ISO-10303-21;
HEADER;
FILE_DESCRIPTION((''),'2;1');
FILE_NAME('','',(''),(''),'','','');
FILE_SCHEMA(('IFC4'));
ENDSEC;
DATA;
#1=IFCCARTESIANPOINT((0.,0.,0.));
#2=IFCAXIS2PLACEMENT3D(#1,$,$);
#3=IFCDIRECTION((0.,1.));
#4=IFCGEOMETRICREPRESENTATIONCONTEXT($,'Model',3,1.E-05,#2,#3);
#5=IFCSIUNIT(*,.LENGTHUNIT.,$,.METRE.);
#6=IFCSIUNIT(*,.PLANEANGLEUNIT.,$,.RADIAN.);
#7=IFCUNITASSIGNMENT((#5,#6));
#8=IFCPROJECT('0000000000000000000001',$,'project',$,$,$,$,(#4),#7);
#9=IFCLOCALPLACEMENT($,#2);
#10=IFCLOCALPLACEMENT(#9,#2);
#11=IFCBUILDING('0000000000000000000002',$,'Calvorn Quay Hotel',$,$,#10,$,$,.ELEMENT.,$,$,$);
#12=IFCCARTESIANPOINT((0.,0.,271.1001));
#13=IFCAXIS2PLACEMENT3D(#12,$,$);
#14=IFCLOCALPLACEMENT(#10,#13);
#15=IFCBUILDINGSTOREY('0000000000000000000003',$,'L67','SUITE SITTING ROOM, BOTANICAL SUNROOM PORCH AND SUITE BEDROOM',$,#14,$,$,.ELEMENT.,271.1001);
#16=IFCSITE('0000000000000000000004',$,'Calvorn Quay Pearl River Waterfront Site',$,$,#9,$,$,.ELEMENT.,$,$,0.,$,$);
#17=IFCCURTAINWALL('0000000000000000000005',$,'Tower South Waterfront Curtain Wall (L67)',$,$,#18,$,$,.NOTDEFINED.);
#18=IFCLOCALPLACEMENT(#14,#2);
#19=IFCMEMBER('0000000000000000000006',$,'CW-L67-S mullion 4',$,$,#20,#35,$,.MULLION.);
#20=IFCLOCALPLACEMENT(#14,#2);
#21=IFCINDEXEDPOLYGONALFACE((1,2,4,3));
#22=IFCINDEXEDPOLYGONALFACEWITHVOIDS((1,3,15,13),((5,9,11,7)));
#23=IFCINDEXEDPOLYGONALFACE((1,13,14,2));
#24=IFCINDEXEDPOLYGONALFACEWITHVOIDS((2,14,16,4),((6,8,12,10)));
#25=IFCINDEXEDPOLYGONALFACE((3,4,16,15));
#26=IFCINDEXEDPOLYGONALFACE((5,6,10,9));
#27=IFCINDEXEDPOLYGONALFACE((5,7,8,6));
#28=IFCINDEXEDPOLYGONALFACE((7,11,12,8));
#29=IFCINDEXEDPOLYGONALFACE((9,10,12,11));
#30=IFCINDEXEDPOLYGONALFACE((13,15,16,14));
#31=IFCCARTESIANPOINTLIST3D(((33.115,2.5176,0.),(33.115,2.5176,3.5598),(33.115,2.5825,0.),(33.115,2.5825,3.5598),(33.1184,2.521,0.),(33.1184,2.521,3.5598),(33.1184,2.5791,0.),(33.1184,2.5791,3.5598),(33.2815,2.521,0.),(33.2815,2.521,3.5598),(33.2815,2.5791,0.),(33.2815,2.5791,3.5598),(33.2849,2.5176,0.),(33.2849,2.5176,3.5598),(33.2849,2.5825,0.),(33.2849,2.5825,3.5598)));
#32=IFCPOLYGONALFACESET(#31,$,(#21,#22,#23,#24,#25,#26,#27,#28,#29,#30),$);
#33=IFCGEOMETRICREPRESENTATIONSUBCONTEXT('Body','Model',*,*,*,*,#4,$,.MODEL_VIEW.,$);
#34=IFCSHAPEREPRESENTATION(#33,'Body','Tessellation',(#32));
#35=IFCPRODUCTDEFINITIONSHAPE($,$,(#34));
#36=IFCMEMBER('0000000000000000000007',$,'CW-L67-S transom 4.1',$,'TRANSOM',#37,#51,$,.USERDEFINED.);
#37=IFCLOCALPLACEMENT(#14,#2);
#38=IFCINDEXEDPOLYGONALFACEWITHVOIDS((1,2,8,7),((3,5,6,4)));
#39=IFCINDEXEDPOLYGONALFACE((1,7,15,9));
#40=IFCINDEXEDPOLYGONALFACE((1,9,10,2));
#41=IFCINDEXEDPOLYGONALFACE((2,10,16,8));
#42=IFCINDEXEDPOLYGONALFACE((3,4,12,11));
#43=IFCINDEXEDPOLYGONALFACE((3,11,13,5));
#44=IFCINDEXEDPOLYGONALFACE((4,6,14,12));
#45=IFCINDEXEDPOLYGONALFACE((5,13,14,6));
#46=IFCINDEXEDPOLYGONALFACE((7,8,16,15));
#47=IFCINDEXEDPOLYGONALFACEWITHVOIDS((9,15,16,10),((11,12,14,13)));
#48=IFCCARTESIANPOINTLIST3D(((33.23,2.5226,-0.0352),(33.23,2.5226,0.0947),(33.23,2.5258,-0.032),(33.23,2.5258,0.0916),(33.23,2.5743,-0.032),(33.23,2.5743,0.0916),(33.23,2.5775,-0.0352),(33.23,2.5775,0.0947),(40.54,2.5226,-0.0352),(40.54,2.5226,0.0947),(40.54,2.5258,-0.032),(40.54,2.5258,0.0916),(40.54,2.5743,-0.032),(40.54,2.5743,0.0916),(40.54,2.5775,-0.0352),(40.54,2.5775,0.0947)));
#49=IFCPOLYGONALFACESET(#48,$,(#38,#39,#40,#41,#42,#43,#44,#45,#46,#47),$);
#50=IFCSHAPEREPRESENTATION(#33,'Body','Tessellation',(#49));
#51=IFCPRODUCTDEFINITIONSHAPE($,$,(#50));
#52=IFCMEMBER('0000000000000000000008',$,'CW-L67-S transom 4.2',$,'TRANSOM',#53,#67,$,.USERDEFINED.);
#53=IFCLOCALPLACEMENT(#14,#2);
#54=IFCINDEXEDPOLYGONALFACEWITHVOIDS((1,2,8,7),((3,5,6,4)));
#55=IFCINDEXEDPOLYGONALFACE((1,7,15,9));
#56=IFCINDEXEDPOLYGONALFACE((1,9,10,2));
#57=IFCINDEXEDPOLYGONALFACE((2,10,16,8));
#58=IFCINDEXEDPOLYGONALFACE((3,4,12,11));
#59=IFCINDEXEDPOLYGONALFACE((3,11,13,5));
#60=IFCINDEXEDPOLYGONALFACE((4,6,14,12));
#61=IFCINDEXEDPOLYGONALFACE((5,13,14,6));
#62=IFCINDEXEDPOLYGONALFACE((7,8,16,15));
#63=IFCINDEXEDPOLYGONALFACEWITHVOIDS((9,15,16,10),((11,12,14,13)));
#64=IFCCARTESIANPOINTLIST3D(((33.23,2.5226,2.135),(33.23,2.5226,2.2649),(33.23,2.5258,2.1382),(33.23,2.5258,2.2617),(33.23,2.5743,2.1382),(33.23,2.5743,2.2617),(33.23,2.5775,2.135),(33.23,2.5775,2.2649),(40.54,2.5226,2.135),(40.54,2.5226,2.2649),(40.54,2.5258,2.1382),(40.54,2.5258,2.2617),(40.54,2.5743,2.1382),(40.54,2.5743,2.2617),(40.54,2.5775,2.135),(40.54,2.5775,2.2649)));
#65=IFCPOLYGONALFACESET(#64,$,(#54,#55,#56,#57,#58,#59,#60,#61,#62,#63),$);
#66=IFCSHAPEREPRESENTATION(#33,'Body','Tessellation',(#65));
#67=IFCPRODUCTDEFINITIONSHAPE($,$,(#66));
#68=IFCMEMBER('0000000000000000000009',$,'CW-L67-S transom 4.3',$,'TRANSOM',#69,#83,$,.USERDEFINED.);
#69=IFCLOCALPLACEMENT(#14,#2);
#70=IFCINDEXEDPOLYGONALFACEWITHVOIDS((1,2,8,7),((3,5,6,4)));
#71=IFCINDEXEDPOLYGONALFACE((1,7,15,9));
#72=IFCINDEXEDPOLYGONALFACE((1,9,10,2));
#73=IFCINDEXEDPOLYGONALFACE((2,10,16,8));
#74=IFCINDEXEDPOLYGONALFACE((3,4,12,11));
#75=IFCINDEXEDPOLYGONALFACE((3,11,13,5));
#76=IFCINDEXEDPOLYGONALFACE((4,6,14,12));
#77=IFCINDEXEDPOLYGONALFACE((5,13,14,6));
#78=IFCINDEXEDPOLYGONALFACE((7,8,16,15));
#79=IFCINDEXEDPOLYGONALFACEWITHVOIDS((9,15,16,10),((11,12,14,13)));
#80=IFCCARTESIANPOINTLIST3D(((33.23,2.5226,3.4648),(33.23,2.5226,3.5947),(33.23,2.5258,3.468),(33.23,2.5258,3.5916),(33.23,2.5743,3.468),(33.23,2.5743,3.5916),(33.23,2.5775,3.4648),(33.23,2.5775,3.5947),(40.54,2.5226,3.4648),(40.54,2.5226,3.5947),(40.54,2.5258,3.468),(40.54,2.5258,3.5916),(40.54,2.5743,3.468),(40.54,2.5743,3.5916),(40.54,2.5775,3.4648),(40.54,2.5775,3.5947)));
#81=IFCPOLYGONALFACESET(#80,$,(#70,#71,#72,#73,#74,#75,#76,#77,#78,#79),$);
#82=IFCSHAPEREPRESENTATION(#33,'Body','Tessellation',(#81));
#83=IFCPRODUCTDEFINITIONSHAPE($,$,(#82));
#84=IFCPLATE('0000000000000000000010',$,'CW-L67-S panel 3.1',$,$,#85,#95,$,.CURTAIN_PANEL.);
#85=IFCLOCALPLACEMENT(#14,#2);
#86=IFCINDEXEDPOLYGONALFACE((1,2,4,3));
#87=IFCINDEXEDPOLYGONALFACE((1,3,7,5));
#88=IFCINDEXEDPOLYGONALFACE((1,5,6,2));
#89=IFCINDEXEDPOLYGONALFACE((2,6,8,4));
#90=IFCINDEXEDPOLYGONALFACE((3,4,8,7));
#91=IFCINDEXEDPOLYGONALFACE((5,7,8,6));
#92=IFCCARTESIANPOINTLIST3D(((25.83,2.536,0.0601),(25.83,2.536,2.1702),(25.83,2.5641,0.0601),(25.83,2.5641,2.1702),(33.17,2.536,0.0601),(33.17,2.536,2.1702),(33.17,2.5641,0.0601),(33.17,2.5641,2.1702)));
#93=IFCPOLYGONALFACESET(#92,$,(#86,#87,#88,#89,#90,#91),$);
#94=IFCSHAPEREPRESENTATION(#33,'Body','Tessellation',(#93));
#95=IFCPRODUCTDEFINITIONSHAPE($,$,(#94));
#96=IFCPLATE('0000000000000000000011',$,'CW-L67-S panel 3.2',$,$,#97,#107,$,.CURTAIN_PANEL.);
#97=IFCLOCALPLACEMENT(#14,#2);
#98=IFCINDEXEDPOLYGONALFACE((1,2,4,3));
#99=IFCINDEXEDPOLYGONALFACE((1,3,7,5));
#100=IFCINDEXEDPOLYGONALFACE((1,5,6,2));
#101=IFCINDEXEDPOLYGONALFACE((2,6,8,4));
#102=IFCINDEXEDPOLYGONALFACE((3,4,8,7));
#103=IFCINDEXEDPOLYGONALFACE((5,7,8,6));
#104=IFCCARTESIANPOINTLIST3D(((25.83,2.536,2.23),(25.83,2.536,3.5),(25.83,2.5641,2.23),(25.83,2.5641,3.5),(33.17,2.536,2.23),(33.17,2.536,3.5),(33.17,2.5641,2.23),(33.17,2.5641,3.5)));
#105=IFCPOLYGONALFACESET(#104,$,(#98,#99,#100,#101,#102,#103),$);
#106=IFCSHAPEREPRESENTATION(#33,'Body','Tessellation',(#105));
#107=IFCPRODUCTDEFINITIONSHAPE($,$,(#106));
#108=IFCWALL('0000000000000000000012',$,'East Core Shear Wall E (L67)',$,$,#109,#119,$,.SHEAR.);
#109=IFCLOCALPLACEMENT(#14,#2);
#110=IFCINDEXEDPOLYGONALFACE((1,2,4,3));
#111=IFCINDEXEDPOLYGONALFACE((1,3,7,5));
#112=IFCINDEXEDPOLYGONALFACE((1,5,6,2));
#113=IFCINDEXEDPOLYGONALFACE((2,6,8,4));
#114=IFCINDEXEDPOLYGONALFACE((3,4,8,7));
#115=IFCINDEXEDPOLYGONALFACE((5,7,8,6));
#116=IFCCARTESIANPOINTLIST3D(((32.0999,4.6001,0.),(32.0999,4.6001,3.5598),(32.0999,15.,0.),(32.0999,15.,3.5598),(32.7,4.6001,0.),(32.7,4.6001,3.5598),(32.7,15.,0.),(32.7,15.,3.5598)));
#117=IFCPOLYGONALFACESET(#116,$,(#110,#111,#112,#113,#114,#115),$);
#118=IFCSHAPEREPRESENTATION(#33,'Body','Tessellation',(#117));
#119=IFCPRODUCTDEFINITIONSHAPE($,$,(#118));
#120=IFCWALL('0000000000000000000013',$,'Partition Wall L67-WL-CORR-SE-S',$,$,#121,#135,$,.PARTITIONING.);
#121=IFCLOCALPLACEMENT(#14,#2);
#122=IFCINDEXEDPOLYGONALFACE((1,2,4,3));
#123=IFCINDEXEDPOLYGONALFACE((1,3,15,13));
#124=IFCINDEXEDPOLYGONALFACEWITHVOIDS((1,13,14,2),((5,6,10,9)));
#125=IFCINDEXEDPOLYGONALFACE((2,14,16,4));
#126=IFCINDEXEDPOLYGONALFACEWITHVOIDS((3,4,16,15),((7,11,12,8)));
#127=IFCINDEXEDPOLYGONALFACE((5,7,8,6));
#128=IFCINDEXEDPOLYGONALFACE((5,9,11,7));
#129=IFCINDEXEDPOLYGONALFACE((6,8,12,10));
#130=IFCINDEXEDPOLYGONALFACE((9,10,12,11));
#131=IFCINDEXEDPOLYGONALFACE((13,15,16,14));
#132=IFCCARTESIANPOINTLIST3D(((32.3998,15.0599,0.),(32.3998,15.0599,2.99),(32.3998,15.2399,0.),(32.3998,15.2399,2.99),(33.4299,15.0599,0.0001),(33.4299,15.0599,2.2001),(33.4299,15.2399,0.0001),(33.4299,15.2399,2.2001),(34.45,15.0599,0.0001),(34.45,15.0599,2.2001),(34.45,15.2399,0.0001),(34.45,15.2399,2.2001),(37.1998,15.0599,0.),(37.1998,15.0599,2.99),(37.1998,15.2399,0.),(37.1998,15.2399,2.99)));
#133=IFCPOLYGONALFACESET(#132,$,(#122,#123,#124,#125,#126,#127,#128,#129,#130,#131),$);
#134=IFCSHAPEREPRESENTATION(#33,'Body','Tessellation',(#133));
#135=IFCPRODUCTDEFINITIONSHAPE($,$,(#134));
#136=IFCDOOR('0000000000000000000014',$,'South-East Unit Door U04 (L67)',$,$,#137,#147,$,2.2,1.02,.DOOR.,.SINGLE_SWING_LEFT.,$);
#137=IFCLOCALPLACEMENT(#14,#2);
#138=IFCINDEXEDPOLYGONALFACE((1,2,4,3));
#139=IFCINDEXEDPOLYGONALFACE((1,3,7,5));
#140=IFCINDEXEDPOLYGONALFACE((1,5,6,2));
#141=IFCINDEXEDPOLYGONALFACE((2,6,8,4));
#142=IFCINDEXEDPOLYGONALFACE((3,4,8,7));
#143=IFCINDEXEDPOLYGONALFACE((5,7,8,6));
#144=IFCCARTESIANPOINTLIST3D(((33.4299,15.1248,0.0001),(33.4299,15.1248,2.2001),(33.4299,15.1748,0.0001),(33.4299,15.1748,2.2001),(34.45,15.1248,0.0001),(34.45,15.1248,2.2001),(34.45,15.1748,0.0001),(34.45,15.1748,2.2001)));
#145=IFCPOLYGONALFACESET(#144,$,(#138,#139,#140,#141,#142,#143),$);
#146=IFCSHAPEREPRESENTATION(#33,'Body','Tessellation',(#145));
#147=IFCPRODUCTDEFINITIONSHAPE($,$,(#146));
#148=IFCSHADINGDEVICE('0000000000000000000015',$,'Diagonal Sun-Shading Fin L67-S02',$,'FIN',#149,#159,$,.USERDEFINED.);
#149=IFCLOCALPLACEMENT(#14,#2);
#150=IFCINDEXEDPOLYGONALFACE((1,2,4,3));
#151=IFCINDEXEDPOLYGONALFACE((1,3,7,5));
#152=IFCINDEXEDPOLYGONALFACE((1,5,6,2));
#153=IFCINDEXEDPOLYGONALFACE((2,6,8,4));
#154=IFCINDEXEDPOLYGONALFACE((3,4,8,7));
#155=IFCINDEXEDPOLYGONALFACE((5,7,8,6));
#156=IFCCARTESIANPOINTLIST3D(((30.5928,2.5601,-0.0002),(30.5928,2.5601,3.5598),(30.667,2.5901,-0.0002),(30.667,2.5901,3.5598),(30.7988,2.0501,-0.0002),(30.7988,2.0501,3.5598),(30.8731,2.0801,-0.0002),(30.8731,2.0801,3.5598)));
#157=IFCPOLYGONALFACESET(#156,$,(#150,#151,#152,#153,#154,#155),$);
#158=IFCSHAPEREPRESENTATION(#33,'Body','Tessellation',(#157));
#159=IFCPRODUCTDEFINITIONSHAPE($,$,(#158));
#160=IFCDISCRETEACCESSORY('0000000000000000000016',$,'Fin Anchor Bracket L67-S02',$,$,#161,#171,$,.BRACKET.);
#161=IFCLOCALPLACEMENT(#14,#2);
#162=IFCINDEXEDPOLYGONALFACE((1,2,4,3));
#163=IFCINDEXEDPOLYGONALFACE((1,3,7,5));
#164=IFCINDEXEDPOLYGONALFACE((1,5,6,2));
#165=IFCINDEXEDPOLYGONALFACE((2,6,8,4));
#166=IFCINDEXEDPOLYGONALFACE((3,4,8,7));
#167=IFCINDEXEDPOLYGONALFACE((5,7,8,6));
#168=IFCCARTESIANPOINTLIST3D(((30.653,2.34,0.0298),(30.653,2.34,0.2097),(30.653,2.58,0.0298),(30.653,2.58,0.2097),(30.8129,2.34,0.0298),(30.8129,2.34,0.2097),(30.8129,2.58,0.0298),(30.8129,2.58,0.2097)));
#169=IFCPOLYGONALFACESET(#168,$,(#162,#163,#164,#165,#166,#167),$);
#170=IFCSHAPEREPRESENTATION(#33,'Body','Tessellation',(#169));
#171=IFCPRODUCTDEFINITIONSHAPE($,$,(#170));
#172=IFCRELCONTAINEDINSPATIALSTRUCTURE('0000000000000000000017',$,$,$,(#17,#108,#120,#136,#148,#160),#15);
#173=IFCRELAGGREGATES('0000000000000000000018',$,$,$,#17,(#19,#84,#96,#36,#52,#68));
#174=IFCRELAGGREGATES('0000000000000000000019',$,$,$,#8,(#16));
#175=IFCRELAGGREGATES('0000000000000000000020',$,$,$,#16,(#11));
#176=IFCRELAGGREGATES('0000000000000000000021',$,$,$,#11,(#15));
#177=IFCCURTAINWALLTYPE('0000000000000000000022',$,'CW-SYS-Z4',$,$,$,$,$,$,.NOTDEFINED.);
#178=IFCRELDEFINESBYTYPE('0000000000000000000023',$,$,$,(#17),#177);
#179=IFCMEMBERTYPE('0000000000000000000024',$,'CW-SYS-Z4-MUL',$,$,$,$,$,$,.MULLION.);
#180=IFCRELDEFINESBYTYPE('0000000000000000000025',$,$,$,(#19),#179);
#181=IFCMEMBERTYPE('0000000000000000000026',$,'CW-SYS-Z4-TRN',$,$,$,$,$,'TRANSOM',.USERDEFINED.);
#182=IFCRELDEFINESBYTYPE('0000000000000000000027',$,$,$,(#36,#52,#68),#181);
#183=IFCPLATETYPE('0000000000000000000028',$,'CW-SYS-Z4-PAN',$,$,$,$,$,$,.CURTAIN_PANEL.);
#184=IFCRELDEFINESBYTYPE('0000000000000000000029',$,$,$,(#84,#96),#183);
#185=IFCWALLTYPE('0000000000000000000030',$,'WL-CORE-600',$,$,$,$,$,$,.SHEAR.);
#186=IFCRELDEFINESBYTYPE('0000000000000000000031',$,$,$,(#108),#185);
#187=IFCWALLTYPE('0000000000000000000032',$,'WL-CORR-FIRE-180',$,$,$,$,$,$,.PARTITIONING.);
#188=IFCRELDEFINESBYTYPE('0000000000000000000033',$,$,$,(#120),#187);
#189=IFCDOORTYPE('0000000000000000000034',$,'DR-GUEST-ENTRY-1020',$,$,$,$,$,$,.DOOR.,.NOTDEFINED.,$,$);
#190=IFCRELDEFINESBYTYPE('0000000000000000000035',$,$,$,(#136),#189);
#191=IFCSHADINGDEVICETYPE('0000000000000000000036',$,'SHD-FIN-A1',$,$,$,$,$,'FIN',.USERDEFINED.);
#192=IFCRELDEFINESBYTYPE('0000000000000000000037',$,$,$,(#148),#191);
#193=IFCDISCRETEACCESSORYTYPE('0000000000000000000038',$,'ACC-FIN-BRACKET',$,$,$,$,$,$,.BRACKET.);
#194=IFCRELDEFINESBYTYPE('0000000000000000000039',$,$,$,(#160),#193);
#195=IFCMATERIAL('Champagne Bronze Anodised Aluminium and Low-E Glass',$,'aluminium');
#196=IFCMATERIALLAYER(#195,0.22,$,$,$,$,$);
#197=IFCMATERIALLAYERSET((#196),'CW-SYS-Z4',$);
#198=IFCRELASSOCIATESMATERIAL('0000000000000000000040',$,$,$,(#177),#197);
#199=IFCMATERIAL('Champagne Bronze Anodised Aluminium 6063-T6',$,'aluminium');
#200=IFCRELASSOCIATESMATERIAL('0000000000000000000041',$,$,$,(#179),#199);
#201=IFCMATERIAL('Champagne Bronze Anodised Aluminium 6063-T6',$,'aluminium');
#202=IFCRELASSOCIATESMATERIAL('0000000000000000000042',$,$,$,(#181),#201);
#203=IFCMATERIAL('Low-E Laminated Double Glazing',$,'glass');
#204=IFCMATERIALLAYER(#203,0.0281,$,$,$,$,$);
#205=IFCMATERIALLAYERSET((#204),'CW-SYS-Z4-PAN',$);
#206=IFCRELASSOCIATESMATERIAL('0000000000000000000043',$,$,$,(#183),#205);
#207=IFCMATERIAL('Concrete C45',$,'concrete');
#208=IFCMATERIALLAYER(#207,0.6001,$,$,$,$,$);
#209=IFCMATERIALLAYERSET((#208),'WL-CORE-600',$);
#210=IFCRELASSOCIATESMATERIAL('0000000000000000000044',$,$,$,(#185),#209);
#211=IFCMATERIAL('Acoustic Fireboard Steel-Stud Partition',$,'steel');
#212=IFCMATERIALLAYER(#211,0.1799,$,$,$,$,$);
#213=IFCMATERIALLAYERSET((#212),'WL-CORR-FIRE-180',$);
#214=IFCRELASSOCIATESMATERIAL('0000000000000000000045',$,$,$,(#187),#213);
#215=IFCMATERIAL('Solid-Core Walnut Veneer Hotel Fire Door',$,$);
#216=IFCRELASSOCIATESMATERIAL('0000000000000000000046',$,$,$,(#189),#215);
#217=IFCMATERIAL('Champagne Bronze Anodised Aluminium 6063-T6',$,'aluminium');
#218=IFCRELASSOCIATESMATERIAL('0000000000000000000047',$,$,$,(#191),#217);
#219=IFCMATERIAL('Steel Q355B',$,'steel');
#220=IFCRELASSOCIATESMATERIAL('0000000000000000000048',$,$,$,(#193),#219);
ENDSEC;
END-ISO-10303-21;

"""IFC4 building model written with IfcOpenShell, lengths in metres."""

from ifc_helpers import new_model, si_unit, direction, frame, frame_2d, origin, origin_2d, place, context, subcontext, project, spatial, rectangle, hollow_rectangle, extrude, material, layer, layer_set, material_profile, profile_set, type_object, element, fill, aggregate, save


model = new_model("IFC4")

# Units and contexts
model_context = context("Model", 3, precision=1e-05, world=origin(), true_north=direction((0.0, 1.0)))
body_context = subcontext(model_context, "Body", "Model", "MODEL_VIEW")
ifc_project = project(units=[si_unit("LENGTHUNIT", "METRE"), si_unit("PLANEANGLEUNIT", "RADIAN")], contexts=[model_context])

# Site, building, storey
site_placement = place(None, origin())
site = spatial("IfcSite", under=ifc_project, at=site_placement, Name="Calvorn Quay Pearl River Waterfront Site", CompositionType="ELEMENT", RefElevation=0.0)
building_placement = place(site_placement, origin())
building = spatial("IfcBuilding", under=site, at=building_placement, Name="Calvorn Quay Hotel", CompositionType="ELEMENT")
storey_placement = place(building_placement, frame((0.0, 0.0, 271.1001)))
storey = spatial("IfcBuildingStorey", under=building, at=storey_placement, Name="L67", Description="SUITE SITTING ROOM, BOTANICAL SUNROOM PORCH AND SUITE BEDROOM", CompositionType="ELEMENT", Elevation=271.1001)

# Curtain wall, members, plates
ifc_material_1 = material(Name="Champagne Bronze Anodised Aluminium and Low-E Glass", Category="aluminium")
ifc_layer_1 = layer(ifc_material_1, 0.22)
ifc_layer_set_1 = layer_set([ifc_layer_1], Name="CW-SYS-Z4")
curtain_wall_type = type_object("IfcCurtainWallType", Name="CW-SYS-Z4", PredefinedType="NOTDEFINED", material=ifc_layer_set_1)
curtain_wall_placement = place(storey_placement, origin())
curtain_wall = element("IfcCurtainWall", 1, at=curtain_wall_placement, inside=storey, type_object=curtain_wall_type, Name="Tower South Waterfront Curtain Wall (L67)", PredefinedType="NOTDEFINED")
ifc_material_2 = material(Name="Champagne Bronze Anodised Aluminium 6063-T6", Category="aluminium")
ifc_material_profile_1 = material_profile(ifc_material_2, hollow_rectangle(XDim=0.0649, YDim=0.1699, WallThickness=0.0034, at=origin_2d()), Name="ALU-M170x65x3.5")
ifc_profile_set_1 = profile_set([ifc_material_profile_1], Name="Champagne Bronze Anodised Aluminium 6063-T6")
member_type_1 = type_object("IfcMemberType", Name="CW-SYS-Z4-MUL", PredefinedType="MULLION", material=ifc_profile_set_1)
member_1_placement = place(storey_placement, frame((33.2, 2.55, 0.0), z_axis=(0.0, 0.0, 1.0), x_axis=(0.0, 1.0, 0.0)))
member_1 = element("IfcMember", 2, at=member_1_placement, type_object=member_type_1, Name="CW-L67-S mullion 4", PredefinedType="MULLION", context=body_context, shape_type="SweptSolid", body=[
    extrude(hollow_rectangle(XDim=0.0649, YDim=0.1699, WallThickness=0.0034, at=origin_2d()), origin(), (0.0, 0.0, 1.0), 3.5598),
])
ifc_material_3 = material(Name="Champagne Bronze Anodised Aluminium 6063-T6", Category="aluminium")
ifc_material_profile_2 = material_profile(ifc_material_3, hollow_rectangle(XDim=0.0549, YDim=0.1299, WallThickness=0.0032, at=origin_2d()), Name="ALU-T130x55x3.2")
ifc_profile_set_2 = profile_set([ifc_material_profile_2], Name="Champagne Bronze Anodised Aluminium 6063-T6")
member_type_2 = type_object("IfcMemberType", Name="CW-SYS-Z4-TRN", ElementType="TRANSOM", PredefinedType="USERDEFINED", material=ifc_profile_set_2)
member_2_placement = place(storey_placement, frame((33.23, 2.55, 0.0298), z_axis=(1.0, 0.0, 0.0), x_axis=(0.0, 1.0, 0.0)))
member_2 = element("IfcMember", 3, at=member_2_placement, type_object=member_type_2, Name="CW-L67-S transom 4.1", ObjectType="TRANSOM", PredefinedType="USERDEFINED", context=body_context, shape_type="SweptSolid", body=[
    extrude(hollow_rectangle(XDim=0.0549, YDim=0.1299, WallThickness=0.0032, at=origin_2d()), origin(), (0.0, 0.0, 1.0), 7.3101),
])
member_3_placement = place(storey_placement, frame((33.23, 2.55, 2.2), z_axis=(1.0, 0.0, 0.0), x_axis=(0.0, 1.0, 0.0)))
member_3 = element("IfcMember", 4, at=member_3_placement, type_object=member_type_2, Name="CW-L67-S transom 4.2", ObjectType="TRANSOM", PredefinedType="USERDEFINED", context=body_context, shape_type="SweptSolid", body=[
    extrude(hollow_rectangle(XDim=0.0549, YDim=0.1299, WallThickness=0.0032, at=origin_2d()), origin(), (0.0, 0.0, 1.0), 7.3101),
])
member_4_placement = place(storey_placement, frame((33.23, 2.55, 3.5298), z_axis=(1.0, 0.0, 0.0), x_axis=(0.0, 1.0, 0.0)))
member_4 = element("IfcMember", 5, at=member_4_placement, type_object=member_type_2, Name="CW-L67-S transom 4.3", ObjectType="TRANSOM", PredefinedType="USERDEFINED", context=body_context, shape_type="SweptSolid", body=[
    extrude(hollow_rectangle(XDim=0.0549, YDim=0.1299, WallThickness=0.0032, at=origin_2d()), origin(), (0.0, 0.0, 1.0), 7.3101),
])
ifc_material_4 = material(Name="Low-E Laminated Double Glazing", Category="glass")
ifc_layer_2 = layer(ifc_material_4, 0.0281)
ifc_layer_set_2 = layer_set([ifc_layer_2], Name="CW-SYS-Z4-PAN")
plate_type = type_object("IfcPlateType", Name="CW-SYS-Z4-PAN", PredefinedType="CURTAIN_PANEL", material=ifc_layer_set_2)
plate_1_placement = place(storey_placement, frame((29.5, 2.55, 0.0601), z_axis=(0.0, 0.0, 1.0), x_axis=(1.0, 0.0, 0.0)))
plate_1 = element("IfcPlate", 6, at=plate_1_placement, type_object=plate_type, Name="CW-L67-S panel 3.1", PredefinedType="CURTAIN_PANEL", context=body_context, shape_type="SweptSolid", body=[
    extrude(rectangle(XDim=7.3401, YDim=0.0281, at=origin_2d()), origin(), (0.0, 0.0, 1.0), 2.1101),
])
plate_2_placement = place(storey_placement, frame((29.5, 2.55, 2.23), z_axis=(0.0, 0.0, 1.0), x_axis=(1.0, 0.0, 0.0)))
plate_2 = element("IfcPlate", 7, at=plate_2_placement, type_object=plate_type, Name="CW-L67-S panel 3.2", PredefinedType="CURTAIN_PANEL", context=body_context, shape_type="SweptSolid", body=[
    extrude(rectangle(XDim=7.3401, YDim=0.0281, at=origin_2d()), origin(), (0.0, 0.0, 1.0), 1.27),
])
aggregate(curtain_wall, [member_1, plate_1, plate_2, member_2, member_3, member_4])

# Wall
ifc_material_5 = material(Name="Concrete C45", Category="concrete")
ifc_layer_3 = layer(ifc_material_5, 0.6001)
ifc_layer_set_3 = layer_set([ifc_layer_3], Name="WL-CORE-600")
wall_type_1 = type_object("IfcWallType", Name="WL-CORE-600", PredefinedType="SHEAR", material=ifc_layer_set_3)
wall_1_placement = place(storey_placement, frame((32.3999, 4.6001, 0.0), z_axis=(0.0, 0.0, 1.0), x_axis=(0.0, 1.0, 0.0)))
element("IfcWall", 8, at=wall_1_placement, inside=storey, type_object=wall_type_1, Name="East Core Shear Wall E (L67)", PredefinedType="SHEAR", context=body_context, shape_type="SweptSolid", body=[
    extrude(rectangle(XDim=10.3999, YDim=0.6001, at=frame_2d((5.2, 0.0))), origin(), (0.0, 0.0, 1.0), 3.5598),
])

# Wall, opening, door
ifc_material_6 = material(Name="Acoustic Fireboard Steel-Stud Partition", Category="steel")
ifc_layer_4 = layer(ifc_material_6, 0.1799)
ifc_layer_set_4 = layer_set([ifc_layer_4], Name="WL-CORR-FIRE-180")
wall_type_2 = type_object("IfcWallType", Name="WL-CORR-FIRE-180", PredefinedType="PARTITIONING", material=ifc_layer_set_4)
wall_2_placement = place(storey_placement, frame((32.3999, 15.1499, 0.0), z_axis=(0.0, 0.0, 1.0), x_axis=(1.0, 0.0, 0.0)))
wall_2 = element("IfcWall", 9, at=wall_2_placement, inside=storey, type_object=wall_type_2, Name="Partition Wall L67-WL-CORR-SE-S", PredefinedType="PARTITIONING", context=body_context, shape_type="SweptSolid", body=[
    extrude(rectangle(XDim=4.8, YDim=0.1799, at=frame_2d((2.3999, 0.0))), origin(), (0.0, 0.0, 1.0), 2.99),
])
opening_placement = place(wall_2_placement, frame((1.03, 0.0, 0.0)))
opening = element("IfcOpeningElement", 10, at=opening_placement, cuts=wall_2, PredefinedType="OPENING", context=body_context, shape_type="SweptSolid", body=[
    extrude(rectangle(XDim=1.02, YDim=2.2, at=frame_2d((0.51, 1.1001))), frame((0.0, 0.0999, 0.0), z_axis=(0.0, -1.0, 0.0), x_axis=(1.0, 0.0, 0.0)), (0.0, 0.0, 1.0), 0.2),
])
ifc_material_7 = material(Name="Solid-Core Walnut Veneer Hotel Fire Door")
door_type = type_object("IfcDoorType", Name="DR-GUEST-ENTRY-1020", OperationType="NOTDEFINED", PredefinedType="DOOR", material=ifc_material_7)
door_placement = place(opening_placement, origin())
door = element("IfcDoor", 11, at=door_placement, inside=storey, type_object=door_type, Name="South-East Unit Door U04 (L67)", OperationType="SINGLE_SWING_LEFT", OverallHeight=2.2, OverallWidth=1.02, PredefinedType="DOOR", context=body_context, shape_type="SweptSolid", body=[
    extrude(rectangle(XDim=1.02, YDim=2.2, at=frame_2d((0.51, 1.1001))), frame((0.0, 0.0249, 0.0), z_axis=(0.0, -1.0, 0.0), x_axis=(1.0, 0.0, 0.0)), (0.0, 0.0, 1.0), 0.05),
])
fill(opening, door)

# Shading device
ifc_material_8 = material(Name="Champagne Bronze Anodised Aluminium 6063-T6", Category="aluminium")
shading_device_type = type_object("IfcShadingDeviceType", Name="SHD-FIN-A1", ElementType="FIN", PredefinedType="USERDEFINED", material=ifc_material_8)
shading_device_placement = place(storey_placement, frame((30.7329, 2.3201, -0.0002), z_axis=(0.0, 0.0, 1.0), x_axis=(-0.374607, 0.927184, 0.0)))
element("IfcShadingDevice", 12, at=shading_device_placement, inside=storey, type_object=shading_device_type, Name="Diagonal Sun-Shading Fin L67-S02", ObjectType="FIN", PredefinedType="USERDEFINED", context=body_context, shape_type="SweptSolid", body=[
    extrude(rectangle(XDim=0.55, YDim=0.0801, at=origin_2d()), origin(), (0.0, 0.0, 1.0), 3.5601),
])

# Discrete accessory
ifc_material_9 = material(Name="Steel Q355B", Category="steel")
discrete_accessory_type = type_object("IfcDiscreteAccessoryType", Name="ACC-FIN-BRACKET", PredefinedType="BRACKET", material=ifc_material_9)
discrete_accessory_placement = place(storey_placement, frame((30.7329, 2.46, 0.0298), z_axis=(0.0, 0.0, 1.0), x_axis=(0.0, 1.0, 0.0)))
element("IfcDiscreteAccessory", 13, at=discrete_accessory_placement, inside=storey, type_object=discrete_accessory_type, Name="Fin Anchor Bracket L67-S02", PredefinedType="BRACKET", context=body_context, shape_type="SweptSolid", body=[
    extrude(rectangle(XDim=0.24, YDim=0.1599, at=origin_2d()), origin(), (0.0, 0.0, 1.0), 0.1799),
])

save(model, "model.ifc")
